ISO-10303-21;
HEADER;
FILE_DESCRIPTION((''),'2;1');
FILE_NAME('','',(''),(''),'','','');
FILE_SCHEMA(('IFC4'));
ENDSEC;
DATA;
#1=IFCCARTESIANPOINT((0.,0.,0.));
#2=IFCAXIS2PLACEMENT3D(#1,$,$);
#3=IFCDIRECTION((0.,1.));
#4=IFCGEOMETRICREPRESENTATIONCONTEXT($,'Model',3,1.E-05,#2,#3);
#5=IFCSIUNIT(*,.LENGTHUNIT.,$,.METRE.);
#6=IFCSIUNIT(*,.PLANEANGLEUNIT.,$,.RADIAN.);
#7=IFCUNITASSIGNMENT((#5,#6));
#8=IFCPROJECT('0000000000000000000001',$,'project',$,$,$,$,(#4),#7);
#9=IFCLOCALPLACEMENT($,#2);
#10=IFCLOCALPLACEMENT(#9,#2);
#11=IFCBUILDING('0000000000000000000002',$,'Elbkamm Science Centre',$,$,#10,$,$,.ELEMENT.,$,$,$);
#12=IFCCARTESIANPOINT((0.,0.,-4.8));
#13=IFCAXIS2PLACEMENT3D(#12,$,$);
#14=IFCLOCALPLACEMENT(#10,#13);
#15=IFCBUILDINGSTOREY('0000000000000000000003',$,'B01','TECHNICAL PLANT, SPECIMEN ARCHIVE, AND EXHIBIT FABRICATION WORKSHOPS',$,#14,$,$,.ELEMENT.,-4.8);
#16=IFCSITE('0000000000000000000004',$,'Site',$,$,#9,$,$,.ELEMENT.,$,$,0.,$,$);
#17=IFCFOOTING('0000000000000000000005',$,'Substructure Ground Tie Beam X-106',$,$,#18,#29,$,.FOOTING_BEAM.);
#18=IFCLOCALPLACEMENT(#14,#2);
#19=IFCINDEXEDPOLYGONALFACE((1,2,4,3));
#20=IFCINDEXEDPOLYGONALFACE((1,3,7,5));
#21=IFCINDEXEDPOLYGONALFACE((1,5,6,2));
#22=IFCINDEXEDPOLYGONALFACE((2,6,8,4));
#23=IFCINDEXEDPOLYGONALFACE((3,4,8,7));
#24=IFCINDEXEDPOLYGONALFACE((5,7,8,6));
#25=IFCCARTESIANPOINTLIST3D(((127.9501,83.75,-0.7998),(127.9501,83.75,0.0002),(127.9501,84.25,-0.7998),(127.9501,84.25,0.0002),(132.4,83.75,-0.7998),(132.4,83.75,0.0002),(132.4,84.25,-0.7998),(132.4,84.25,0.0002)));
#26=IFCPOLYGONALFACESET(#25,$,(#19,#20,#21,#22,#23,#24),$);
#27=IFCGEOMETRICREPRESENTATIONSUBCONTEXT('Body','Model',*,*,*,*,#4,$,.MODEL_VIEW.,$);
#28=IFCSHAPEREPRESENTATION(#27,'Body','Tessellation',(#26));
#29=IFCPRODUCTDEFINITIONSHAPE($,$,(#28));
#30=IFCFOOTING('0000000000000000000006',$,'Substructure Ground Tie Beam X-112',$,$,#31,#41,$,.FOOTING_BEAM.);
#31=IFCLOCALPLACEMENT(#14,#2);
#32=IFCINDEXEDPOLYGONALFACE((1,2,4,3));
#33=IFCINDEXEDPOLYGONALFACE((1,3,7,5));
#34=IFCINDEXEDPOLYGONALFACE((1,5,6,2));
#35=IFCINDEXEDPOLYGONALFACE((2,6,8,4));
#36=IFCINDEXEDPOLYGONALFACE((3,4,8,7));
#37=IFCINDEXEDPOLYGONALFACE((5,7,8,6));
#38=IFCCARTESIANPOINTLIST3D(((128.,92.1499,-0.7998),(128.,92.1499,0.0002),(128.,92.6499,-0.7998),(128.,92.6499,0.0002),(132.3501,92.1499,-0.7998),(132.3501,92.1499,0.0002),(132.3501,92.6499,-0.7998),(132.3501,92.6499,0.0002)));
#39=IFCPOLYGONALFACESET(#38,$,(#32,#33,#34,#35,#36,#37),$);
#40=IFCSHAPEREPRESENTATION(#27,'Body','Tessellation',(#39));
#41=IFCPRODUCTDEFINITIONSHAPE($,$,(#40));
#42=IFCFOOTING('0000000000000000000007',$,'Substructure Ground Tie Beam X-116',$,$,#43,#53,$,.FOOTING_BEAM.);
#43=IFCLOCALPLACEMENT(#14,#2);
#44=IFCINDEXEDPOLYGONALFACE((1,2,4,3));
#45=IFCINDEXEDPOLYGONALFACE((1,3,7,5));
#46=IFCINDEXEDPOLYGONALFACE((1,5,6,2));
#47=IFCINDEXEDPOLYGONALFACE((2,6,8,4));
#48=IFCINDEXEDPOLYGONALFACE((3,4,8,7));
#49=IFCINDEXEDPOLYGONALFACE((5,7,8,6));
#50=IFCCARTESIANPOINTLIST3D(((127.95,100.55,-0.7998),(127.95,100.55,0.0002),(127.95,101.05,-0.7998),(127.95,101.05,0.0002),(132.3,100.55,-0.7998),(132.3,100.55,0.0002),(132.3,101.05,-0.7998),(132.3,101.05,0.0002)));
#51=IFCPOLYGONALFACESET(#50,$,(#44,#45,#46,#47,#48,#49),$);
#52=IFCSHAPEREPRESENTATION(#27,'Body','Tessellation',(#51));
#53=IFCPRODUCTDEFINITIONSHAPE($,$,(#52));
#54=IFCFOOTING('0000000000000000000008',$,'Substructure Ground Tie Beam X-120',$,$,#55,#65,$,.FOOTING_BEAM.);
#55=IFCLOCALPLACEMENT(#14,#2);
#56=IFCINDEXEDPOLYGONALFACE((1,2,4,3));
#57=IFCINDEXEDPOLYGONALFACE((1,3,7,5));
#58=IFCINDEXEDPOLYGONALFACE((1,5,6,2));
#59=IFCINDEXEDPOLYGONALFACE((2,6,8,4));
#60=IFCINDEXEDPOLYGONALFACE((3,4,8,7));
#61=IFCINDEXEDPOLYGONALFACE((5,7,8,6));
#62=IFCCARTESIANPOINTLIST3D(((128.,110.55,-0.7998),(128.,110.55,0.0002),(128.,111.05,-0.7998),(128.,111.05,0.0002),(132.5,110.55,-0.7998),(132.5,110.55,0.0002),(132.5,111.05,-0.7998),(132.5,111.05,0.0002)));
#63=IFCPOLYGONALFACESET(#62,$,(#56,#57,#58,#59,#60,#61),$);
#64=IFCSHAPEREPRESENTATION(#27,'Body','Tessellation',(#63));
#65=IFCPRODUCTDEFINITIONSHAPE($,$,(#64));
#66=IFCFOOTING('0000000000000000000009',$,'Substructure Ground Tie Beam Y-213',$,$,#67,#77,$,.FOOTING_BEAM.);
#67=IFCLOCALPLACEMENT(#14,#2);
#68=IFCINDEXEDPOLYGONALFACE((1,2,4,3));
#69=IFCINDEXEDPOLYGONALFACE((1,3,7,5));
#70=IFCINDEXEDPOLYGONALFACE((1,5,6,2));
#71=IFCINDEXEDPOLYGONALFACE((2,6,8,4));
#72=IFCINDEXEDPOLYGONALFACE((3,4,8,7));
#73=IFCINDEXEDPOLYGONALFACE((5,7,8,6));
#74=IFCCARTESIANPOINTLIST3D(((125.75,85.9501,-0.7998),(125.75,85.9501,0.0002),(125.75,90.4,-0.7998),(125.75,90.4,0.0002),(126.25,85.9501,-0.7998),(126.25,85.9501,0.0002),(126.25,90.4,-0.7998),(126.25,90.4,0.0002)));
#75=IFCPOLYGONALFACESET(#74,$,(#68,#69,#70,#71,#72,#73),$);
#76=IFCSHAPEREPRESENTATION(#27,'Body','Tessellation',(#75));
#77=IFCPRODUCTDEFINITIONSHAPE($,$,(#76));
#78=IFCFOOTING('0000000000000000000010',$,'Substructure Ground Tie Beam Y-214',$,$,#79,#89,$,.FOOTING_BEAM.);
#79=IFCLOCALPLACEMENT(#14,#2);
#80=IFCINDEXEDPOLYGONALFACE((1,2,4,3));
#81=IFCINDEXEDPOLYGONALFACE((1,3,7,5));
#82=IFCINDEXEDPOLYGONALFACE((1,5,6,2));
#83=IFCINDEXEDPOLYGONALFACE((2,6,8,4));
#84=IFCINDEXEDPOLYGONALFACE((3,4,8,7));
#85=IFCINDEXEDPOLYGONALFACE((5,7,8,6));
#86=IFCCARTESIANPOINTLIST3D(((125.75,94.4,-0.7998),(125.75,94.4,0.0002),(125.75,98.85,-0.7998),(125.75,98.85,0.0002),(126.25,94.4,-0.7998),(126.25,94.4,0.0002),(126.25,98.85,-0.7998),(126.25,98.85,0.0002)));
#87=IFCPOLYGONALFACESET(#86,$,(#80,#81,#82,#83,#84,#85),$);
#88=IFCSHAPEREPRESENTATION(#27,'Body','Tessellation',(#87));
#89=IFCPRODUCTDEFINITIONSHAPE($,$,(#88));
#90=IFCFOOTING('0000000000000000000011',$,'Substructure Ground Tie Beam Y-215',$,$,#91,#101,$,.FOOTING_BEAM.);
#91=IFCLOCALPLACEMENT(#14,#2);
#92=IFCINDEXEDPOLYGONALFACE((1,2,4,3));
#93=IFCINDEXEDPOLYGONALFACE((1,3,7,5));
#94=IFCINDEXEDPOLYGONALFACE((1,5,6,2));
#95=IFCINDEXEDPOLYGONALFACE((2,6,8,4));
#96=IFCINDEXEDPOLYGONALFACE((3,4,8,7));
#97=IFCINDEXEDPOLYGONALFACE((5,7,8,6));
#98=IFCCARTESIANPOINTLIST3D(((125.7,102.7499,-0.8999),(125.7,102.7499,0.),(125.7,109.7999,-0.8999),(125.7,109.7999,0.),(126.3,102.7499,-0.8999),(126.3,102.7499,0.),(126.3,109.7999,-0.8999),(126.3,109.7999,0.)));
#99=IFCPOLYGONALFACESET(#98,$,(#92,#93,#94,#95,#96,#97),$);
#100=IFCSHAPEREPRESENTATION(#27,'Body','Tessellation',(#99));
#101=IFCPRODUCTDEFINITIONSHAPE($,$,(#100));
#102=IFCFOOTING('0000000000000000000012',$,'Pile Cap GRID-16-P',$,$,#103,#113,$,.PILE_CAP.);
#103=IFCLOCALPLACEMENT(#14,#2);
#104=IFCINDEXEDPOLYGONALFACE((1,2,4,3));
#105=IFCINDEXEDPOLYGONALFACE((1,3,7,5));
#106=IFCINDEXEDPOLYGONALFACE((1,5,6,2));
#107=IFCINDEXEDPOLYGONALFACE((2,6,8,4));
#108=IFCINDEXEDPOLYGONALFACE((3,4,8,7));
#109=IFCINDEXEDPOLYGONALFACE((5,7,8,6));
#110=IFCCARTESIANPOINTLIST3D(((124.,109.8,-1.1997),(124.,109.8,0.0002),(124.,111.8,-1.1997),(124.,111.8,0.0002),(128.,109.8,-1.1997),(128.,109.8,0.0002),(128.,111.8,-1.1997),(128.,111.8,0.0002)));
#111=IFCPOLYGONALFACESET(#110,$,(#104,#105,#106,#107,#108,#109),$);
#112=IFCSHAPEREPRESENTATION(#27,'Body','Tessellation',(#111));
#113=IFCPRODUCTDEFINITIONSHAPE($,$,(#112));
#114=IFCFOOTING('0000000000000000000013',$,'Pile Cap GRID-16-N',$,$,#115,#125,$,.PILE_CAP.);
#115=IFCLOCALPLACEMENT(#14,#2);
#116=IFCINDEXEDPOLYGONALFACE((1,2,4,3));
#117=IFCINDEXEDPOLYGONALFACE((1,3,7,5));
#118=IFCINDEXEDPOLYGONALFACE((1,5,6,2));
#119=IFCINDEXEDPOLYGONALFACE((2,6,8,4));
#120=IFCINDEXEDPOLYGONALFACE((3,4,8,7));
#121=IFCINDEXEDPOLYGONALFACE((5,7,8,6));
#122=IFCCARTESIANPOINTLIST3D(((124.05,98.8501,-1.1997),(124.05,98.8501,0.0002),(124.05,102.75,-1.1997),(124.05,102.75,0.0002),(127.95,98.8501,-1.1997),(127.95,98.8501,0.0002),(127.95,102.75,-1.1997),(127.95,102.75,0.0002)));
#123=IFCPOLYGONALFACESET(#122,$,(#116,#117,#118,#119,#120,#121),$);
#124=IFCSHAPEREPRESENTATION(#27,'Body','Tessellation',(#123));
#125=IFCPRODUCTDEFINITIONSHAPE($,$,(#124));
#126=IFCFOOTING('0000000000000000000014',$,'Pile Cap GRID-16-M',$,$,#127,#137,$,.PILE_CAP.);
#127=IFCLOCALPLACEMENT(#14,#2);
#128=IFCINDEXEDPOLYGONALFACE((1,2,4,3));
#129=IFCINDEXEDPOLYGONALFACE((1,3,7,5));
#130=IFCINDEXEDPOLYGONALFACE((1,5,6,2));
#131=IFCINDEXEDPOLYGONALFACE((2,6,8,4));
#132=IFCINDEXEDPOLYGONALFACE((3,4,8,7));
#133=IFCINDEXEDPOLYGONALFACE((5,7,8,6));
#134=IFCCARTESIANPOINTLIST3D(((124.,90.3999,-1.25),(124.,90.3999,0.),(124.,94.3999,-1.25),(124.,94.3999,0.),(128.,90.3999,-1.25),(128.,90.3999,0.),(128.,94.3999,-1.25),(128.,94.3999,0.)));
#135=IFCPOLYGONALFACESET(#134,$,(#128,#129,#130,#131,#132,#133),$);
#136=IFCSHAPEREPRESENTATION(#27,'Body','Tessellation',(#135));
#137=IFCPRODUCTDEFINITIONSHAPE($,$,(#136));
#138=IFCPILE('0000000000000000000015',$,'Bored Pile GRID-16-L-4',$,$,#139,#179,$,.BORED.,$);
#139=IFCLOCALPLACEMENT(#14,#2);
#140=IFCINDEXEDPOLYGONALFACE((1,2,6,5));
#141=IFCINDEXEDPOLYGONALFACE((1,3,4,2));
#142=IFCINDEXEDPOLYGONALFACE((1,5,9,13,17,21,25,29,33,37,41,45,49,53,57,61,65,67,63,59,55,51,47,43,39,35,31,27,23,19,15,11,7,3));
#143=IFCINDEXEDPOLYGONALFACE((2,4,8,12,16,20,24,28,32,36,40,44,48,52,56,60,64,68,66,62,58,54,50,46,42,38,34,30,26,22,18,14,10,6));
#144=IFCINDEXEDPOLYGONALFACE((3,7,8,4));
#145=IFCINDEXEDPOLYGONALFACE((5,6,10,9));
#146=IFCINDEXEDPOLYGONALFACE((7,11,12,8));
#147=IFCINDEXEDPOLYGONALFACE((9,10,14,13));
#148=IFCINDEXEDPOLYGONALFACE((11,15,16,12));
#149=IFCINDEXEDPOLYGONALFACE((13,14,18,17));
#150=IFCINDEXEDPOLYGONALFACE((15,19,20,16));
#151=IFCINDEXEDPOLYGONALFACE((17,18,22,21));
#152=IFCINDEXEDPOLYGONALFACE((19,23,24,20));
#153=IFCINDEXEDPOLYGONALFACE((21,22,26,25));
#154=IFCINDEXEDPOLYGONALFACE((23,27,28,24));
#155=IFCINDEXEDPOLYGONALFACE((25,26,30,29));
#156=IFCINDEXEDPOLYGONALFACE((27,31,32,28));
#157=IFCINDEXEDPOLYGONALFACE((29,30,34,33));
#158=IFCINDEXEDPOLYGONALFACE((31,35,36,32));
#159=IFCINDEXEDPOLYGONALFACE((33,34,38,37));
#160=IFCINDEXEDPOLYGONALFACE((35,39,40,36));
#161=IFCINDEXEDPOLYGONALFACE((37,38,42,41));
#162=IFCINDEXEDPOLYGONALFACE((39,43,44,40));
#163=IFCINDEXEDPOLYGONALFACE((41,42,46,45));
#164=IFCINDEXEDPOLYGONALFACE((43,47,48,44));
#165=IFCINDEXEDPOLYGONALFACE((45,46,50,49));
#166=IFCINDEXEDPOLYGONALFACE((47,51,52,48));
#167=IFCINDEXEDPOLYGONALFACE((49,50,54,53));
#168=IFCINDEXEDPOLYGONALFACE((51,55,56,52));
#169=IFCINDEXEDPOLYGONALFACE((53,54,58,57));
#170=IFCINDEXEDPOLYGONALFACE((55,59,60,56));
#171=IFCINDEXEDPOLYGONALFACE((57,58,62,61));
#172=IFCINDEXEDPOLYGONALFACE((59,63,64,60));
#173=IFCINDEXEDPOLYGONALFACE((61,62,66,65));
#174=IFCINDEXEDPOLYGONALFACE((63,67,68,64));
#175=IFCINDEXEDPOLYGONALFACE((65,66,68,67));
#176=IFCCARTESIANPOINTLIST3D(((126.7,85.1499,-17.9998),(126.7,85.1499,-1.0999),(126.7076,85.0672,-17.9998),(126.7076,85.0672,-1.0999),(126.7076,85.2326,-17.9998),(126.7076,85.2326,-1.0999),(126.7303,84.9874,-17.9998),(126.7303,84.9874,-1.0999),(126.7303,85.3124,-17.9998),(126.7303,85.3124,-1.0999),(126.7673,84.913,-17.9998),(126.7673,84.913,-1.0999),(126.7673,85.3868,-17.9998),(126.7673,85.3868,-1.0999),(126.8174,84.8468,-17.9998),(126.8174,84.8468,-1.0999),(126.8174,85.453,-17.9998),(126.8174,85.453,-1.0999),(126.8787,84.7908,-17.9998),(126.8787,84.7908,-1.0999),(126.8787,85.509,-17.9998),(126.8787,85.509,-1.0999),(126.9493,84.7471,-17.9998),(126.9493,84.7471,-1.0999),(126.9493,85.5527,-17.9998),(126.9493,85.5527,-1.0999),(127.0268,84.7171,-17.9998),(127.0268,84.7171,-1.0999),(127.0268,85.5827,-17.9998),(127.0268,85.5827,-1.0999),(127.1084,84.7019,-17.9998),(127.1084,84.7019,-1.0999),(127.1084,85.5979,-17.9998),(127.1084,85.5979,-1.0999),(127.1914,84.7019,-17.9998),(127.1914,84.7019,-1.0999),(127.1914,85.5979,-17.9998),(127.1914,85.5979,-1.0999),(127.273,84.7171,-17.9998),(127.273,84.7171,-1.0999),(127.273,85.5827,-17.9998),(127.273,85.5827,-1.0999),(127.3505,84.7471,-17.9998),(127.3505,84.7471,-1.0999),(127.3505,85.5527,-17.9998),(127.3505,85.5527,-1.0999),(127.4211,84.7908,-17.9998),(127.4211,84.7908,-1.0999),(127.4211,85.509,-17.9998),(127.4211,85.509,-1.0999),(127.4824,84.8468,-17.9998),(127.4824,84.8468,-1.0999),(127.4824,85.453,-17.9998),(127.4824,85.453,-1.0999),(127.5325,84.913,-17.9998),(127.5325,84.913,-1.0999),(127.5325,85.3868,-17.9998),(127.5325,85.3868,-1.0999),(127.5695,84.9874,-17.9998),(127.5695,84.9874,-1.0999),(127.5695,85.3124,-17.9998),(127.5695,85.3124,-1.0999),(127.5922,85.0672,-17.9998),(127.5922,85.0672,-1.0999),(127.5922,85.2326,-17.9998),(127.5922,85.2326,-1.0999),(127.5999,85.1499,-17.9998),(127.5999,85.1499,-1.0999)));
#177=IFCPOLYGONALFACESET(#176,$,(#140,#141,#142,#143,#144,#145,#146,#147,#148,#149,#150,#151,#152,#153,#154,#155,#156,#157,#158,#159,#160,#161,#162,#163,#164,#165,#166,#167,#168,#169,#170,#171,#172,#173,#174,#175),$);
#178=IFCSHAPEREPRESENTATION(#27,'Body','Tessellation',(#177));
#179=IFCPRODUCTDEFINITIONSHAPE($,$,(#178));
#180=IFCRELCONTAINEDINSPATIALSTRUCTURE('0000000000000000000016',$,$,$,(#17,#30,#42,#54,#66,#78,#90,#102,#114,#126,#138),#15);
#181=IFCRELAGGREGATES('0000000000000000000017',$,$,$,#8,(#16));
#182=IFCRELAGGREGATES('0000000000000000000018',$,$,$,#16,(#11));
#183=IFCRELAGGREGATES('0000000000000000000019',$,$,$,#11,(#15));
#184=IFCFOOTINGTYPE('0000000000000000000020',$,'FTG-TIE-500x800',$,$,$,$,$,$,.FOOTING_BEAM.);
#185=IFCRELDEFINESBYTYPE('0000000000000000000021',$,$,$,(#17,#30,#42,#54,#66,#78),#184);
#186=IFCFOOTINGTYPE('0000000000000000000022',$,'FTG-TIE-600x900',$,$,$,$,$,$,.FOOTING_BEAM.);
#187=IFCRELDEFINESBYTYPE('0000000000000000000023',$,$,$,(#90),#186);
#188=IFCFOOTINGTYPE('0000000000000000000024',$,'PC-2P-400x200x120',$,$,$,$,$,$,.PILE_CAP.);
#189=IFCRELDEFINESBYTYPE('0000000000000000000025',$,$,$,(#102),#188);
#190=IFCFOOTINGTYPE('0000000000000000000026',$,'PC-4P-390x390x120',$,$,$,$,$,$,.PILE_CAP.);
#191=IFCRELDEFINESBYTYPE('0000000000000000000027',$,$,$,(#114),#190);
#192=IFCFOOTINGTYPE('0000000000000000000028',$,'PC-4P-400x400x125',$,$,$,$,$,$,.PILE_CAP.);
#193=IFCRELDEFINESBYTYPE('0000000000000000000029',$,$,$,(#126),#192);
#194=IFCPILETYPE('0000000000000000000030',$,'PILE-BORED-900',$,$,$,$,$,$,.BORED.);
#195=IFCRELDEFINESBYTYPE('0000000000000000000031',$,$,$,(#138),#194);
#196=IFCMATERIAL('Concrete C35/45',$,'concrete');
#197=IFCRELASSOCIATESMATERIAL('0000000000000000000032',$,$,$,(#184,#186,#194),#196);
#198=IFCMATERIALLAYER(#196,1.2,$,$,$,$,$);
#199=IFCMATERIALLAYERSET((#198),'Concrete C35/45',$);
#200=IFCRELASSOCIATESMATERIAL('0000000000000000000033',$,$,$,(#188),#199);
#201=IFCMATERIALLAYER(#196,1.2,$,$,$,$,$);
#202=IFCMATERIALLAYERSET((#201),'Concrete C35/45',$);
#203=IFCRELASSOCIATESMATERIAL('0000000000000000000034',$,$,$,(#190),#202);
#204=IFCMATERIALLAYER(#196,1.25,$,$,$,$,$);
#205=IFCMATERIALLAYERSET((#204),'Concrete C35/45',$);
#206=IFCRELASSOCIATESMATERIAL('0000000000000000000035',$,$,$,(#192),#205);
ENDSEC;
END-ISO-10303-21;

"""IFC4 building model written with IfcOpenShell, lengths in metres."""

from ifc_helpers import new_model, si_unit, direction, frame, origin, origin_2d, place, context, subcontext, project, spatial, rectangle, circle, extrude, material, layer, layer_set, material_profile, profile_set, type_object, element, save


model = new_model("IFC4")

# Units and contexts
model_context = context("Model", 3, precision=1e-05, world=origin(), true_north=direction((0.0, 1.0)))
body_context = subcontext(model_context, "Body", "Model", "MODEL_VIEW")
ifc_project = project(units=[si_unit("LENGTHUNIT", "METRE"), si_unit("PLANEANGLEUNIT", "RADIAN")], contexts=[model_context])

# Site, building, storey
site_placement = place(None, origin())
site = spatial("IfcSite", under=ifc_project, at=site_placement, Name="Site", CompositionType="ELEMENT", RefElevation=0.0)
building_placement = place(site_placement, origin())
building = spatial("IfcBuilding", under=site, at=building_placement, Name="Elbkamm Science Centre", CompositionType="ELEMENT")
storey_placement = place(building_placement, frame((0.0, 0.0, -4.8)))
storey = spatial("IfcBuildingStorey", under=building, at=storey_placement, Name="B01", Description="TECHNICAL PLANT, SPECIMEN ARCHIVE, AND EXHIBIT FABRICATION WORKSHOPS", CompositionType="ELEMENT", Elevation=-4.8)

# Footings
ifc_material_1 = material(Name="Concrete C35/45", Category="concrete")
footing_type_1 = type_object("IfcFootingType", Name="FTG-TIE-500x800", PredefinedType="FOOTING_BEAM", material=ifc_material_1)
footing_1_placement = place(storey_placement, frame((130.175, 84.0, -0.7998), z_axis=(0.0, 0.0, 1.0), x_axis=(1.0, 0.0, 0.0)))
element("IfcFooting", 1, at=footing_1_placement, inside=storey, type_object=footing_type_1, Name="Substructure Ground Tie Beam X-106", PredefinedType="FOOTING_BEAM", context=body_context, shape_type="SweptSolid", body=[
    extrude(rectangle(XDim=4.45, YDim=0.5, at=origin_2d()), origin(), (0.0, 0.0, 1.0), 0.8),
])
for number, where, z_axis, x_axis, name in (
    (2, (130.175, 92.3999, -0.7998), (0.0, 0.0, 1.0), (1.0, 0.0, 0.0), "Substructure Ground Tie Beam X-112"),
    (3, (130.125, 100.8, -0.7998), (0.0, 0.0, 1.0), (1.0, 0.0, 0.0), "Substructure Ground Tie Beam X-116"),
):
    element("IfcFooting", number, at=place(storey_placement, frame(where, z_axis=z_axis, x_axis=x_axis)), inside=storey, type_object=footing_type_1, Name=name, PredefinedType="FOOTING_BEAM", context=body_context, shape_type="SweptSolid", body=[
        extrude(rectangle(XDim=4.3501, YDim=0.5, at=origin_2d()), origin(), (0.0, 0.0, 1.0), 0.8),
    ])
footing_2_placement = place(storey_placement, frame((130.25, 110.8, -0.7998), z_axis=(0.0, 0.0, 1.0), x_axis=(1.0, 0.0, 0.0)))
element("IfcFooting", 4, at=footing_2_placement, inside=storey, type_object=footing_type_1, Name="Substructure Ground Tie Beam X-120", PredefinedType="FOOTING_BEAM", context=body_context, shape_type="SweptSolid", body=[
    extrude(rectangle(XDim=4.5, YDim=0.5, at=origin_2d()), origin(), (0.0, 0.0, 1.0), 0.8),
])
for number, where, z_axis, x_axis, name in (
    (5, (126.0, 88.175, -0.7998), (0.0, 0.0, 1.0), (1.0, 0.0, 0.0), "Substructure Ground Tie Beam Y-213"),
    (6, (126.0, 96.625, -0.7998), (0.0, 0.0, 1.0), (1.0, 0.0, 0.0), "Substructure Ground Tie Beam Y-214"),
):
    element("IfcFooting", number, at=place(storey_placement, frame(where, z_axis=z_axis, x_axis=x_axis)), inside=storey, type_object=footing_type_1, Name=name, PredefinedType="FOOTING_BEAM", context=body_context, shape_type="SweptSolid", body=[
        extrude(rectangle(XDim=0.5, YDim=4.45, at=origin_2d()), origin(), (0.0, 0.0, 1.0), 0.8),
    ])
footing_type_2 = type_object("IfcFootingType", Name="FTG-TIE-600x900", PredefinedType="FOOTING_BEAM", material=ifc_material_1)
footing_3_placement = place(storey_placement, frame((126.0, 106.2749, -0.8999), z_axis=(0.0, 0.0, 1.0), x_axis=(1.0, 0.0, 0.0)))
element("IfcFooting", 7, at=footing_3_placement, inside=storey, type_object=footing_type_2, Name="Substructure Ground Tie Beam Y-215", PredefinedType="FOOTING_BEAM", context=body_context, shape_type="SweptSolid", body=[
    extrude(rectangle(XDim=0.6001, YDim=7.05, at=origin_2d()), origin(), (0.0, 0.0, 1.0), 0.8999),
])
ifc_layer_1 = layer(ifc_material_1, 1.2)
ifc_layer_set_1 = layer_set([ifc_layer_1], Name="Concrete C35/45")
footing_type_3 = type_object("IfcFootingType", Name="PC-2P-400x200x120", PredefinedType="PILE_CAP", material=ifc_layer_set_1)
footing_4_placement = place(storey_placement, frame((126.0, 110.8, -1.1997), z_axis=(0.0, 0.0, 1.0), x_axis=(1.0, 0.0, 0.0)))
element("IfcFooting", 8, at=footing_4_placement, inside=storey, type_object=footing_type_3, Name="Pile Cap GRID-16-P", PredefinedType="PILE_CAP", context=body_context, shape_type="SweptSolid", body=[
    extrude(rectangle(XDim=4.0, YDim=2.0, at=origin_2d()), origin(), (0.0, 0.0, 1.0), 1.2),
])
ifc_layer_2 = layer(ifc_material_1, 1.2)
ifc_layer_set_2 = layer_set([ifc_layer_2], Name="Concrete C35/45")
footing_type_4 = type_object("IfcFootingType", Name="PC-4P-390x390x120", PredefinedType="PILE_CAP", material=ifc_layer_set_2)
footing_5_placement = place(storey_placement, frame((126.0, 100.8, -1.1997), z_axis=(0.0, 0.0, 1.0), x_axis=(1.0, 0.0, 0.0)))
element("IfcFooting", 9, at=footing_5_placement, inside=storey, type_object=footing_type_4, Name="Pile Cap GRID-16-N", PredefinedType="PILE_CAP", context=body_context, shape_type="SweptSolid", body=[
    extrude(rectangle(XDim=3.8999, YDim=3.8999, at=origin_2d()), origin(), (0.0, 0.0, 1.0), 1.2),
])
ifc_layer_3 = layer(ifc_material_1, 1.25)
ifc_layer_set_3 = layer_set([ifc_layer_3], Name="Concrete C35/45")
footing_type_5 = type_object("IfcFootingType", Name="PC-4P-400x400x125", PredefinedType="PILE_CAP", material=ifc_layer_set_3)
footing_6_placement = place(storey_placement, frame((126.0, 92.3999, -1.25), z_axis=(0.0, 0.0, 1.0), x_axis=(1.0, 0.0, 0.0)))
element("IfcFooting", 10, at=footing_6_placement, inside=storey, type_object=footing_type_5, Name="Pile Cap GRID-16-M", PredefinedType="PILE_CAP", context=body_context, shape_type="SweptSolid", body=[
    extrude(rectangle(XDim=4.0, YDim=4.0, at=origin_2d()), origin(), (0.0, 0.0, 1.0), 1.25),
])

# Pile
ifc_material_profile_1 = material_profile(ifc_material_1, circle(Radius=0.45, at=origin_2d()), Name="PILE D900")
ifc_profile_set_1 = profile_set([ifc_material_profile_1], Name="Concrete C35/45")
pile_type = type_object("IfcPileType", Name="PILE-BORED-900", PredefinedType="BORED", material=ifc_profile_set_1)
pile_1_placement = place(storey_placement, frame((127.1499, 85.1499, -1.0999), z_axis=(0.0, 0.0, -1.0), x_axis=(1.0, 0.0, 0.0)))
element("IfcPile", 11, at=pile_1_placement, inside=storey, type_object=pile_type, Name="Bored Pile GRID-16-L-4", PredefinedType="BORED", context=body_context, shape_type="SweptSolid", body=[
    extrude(circle(Radius=0.45, at=origin_2d()), origin(), (0.0, 0.0, 1.0), 16.8999),
])

save(model, "model.ifc")
